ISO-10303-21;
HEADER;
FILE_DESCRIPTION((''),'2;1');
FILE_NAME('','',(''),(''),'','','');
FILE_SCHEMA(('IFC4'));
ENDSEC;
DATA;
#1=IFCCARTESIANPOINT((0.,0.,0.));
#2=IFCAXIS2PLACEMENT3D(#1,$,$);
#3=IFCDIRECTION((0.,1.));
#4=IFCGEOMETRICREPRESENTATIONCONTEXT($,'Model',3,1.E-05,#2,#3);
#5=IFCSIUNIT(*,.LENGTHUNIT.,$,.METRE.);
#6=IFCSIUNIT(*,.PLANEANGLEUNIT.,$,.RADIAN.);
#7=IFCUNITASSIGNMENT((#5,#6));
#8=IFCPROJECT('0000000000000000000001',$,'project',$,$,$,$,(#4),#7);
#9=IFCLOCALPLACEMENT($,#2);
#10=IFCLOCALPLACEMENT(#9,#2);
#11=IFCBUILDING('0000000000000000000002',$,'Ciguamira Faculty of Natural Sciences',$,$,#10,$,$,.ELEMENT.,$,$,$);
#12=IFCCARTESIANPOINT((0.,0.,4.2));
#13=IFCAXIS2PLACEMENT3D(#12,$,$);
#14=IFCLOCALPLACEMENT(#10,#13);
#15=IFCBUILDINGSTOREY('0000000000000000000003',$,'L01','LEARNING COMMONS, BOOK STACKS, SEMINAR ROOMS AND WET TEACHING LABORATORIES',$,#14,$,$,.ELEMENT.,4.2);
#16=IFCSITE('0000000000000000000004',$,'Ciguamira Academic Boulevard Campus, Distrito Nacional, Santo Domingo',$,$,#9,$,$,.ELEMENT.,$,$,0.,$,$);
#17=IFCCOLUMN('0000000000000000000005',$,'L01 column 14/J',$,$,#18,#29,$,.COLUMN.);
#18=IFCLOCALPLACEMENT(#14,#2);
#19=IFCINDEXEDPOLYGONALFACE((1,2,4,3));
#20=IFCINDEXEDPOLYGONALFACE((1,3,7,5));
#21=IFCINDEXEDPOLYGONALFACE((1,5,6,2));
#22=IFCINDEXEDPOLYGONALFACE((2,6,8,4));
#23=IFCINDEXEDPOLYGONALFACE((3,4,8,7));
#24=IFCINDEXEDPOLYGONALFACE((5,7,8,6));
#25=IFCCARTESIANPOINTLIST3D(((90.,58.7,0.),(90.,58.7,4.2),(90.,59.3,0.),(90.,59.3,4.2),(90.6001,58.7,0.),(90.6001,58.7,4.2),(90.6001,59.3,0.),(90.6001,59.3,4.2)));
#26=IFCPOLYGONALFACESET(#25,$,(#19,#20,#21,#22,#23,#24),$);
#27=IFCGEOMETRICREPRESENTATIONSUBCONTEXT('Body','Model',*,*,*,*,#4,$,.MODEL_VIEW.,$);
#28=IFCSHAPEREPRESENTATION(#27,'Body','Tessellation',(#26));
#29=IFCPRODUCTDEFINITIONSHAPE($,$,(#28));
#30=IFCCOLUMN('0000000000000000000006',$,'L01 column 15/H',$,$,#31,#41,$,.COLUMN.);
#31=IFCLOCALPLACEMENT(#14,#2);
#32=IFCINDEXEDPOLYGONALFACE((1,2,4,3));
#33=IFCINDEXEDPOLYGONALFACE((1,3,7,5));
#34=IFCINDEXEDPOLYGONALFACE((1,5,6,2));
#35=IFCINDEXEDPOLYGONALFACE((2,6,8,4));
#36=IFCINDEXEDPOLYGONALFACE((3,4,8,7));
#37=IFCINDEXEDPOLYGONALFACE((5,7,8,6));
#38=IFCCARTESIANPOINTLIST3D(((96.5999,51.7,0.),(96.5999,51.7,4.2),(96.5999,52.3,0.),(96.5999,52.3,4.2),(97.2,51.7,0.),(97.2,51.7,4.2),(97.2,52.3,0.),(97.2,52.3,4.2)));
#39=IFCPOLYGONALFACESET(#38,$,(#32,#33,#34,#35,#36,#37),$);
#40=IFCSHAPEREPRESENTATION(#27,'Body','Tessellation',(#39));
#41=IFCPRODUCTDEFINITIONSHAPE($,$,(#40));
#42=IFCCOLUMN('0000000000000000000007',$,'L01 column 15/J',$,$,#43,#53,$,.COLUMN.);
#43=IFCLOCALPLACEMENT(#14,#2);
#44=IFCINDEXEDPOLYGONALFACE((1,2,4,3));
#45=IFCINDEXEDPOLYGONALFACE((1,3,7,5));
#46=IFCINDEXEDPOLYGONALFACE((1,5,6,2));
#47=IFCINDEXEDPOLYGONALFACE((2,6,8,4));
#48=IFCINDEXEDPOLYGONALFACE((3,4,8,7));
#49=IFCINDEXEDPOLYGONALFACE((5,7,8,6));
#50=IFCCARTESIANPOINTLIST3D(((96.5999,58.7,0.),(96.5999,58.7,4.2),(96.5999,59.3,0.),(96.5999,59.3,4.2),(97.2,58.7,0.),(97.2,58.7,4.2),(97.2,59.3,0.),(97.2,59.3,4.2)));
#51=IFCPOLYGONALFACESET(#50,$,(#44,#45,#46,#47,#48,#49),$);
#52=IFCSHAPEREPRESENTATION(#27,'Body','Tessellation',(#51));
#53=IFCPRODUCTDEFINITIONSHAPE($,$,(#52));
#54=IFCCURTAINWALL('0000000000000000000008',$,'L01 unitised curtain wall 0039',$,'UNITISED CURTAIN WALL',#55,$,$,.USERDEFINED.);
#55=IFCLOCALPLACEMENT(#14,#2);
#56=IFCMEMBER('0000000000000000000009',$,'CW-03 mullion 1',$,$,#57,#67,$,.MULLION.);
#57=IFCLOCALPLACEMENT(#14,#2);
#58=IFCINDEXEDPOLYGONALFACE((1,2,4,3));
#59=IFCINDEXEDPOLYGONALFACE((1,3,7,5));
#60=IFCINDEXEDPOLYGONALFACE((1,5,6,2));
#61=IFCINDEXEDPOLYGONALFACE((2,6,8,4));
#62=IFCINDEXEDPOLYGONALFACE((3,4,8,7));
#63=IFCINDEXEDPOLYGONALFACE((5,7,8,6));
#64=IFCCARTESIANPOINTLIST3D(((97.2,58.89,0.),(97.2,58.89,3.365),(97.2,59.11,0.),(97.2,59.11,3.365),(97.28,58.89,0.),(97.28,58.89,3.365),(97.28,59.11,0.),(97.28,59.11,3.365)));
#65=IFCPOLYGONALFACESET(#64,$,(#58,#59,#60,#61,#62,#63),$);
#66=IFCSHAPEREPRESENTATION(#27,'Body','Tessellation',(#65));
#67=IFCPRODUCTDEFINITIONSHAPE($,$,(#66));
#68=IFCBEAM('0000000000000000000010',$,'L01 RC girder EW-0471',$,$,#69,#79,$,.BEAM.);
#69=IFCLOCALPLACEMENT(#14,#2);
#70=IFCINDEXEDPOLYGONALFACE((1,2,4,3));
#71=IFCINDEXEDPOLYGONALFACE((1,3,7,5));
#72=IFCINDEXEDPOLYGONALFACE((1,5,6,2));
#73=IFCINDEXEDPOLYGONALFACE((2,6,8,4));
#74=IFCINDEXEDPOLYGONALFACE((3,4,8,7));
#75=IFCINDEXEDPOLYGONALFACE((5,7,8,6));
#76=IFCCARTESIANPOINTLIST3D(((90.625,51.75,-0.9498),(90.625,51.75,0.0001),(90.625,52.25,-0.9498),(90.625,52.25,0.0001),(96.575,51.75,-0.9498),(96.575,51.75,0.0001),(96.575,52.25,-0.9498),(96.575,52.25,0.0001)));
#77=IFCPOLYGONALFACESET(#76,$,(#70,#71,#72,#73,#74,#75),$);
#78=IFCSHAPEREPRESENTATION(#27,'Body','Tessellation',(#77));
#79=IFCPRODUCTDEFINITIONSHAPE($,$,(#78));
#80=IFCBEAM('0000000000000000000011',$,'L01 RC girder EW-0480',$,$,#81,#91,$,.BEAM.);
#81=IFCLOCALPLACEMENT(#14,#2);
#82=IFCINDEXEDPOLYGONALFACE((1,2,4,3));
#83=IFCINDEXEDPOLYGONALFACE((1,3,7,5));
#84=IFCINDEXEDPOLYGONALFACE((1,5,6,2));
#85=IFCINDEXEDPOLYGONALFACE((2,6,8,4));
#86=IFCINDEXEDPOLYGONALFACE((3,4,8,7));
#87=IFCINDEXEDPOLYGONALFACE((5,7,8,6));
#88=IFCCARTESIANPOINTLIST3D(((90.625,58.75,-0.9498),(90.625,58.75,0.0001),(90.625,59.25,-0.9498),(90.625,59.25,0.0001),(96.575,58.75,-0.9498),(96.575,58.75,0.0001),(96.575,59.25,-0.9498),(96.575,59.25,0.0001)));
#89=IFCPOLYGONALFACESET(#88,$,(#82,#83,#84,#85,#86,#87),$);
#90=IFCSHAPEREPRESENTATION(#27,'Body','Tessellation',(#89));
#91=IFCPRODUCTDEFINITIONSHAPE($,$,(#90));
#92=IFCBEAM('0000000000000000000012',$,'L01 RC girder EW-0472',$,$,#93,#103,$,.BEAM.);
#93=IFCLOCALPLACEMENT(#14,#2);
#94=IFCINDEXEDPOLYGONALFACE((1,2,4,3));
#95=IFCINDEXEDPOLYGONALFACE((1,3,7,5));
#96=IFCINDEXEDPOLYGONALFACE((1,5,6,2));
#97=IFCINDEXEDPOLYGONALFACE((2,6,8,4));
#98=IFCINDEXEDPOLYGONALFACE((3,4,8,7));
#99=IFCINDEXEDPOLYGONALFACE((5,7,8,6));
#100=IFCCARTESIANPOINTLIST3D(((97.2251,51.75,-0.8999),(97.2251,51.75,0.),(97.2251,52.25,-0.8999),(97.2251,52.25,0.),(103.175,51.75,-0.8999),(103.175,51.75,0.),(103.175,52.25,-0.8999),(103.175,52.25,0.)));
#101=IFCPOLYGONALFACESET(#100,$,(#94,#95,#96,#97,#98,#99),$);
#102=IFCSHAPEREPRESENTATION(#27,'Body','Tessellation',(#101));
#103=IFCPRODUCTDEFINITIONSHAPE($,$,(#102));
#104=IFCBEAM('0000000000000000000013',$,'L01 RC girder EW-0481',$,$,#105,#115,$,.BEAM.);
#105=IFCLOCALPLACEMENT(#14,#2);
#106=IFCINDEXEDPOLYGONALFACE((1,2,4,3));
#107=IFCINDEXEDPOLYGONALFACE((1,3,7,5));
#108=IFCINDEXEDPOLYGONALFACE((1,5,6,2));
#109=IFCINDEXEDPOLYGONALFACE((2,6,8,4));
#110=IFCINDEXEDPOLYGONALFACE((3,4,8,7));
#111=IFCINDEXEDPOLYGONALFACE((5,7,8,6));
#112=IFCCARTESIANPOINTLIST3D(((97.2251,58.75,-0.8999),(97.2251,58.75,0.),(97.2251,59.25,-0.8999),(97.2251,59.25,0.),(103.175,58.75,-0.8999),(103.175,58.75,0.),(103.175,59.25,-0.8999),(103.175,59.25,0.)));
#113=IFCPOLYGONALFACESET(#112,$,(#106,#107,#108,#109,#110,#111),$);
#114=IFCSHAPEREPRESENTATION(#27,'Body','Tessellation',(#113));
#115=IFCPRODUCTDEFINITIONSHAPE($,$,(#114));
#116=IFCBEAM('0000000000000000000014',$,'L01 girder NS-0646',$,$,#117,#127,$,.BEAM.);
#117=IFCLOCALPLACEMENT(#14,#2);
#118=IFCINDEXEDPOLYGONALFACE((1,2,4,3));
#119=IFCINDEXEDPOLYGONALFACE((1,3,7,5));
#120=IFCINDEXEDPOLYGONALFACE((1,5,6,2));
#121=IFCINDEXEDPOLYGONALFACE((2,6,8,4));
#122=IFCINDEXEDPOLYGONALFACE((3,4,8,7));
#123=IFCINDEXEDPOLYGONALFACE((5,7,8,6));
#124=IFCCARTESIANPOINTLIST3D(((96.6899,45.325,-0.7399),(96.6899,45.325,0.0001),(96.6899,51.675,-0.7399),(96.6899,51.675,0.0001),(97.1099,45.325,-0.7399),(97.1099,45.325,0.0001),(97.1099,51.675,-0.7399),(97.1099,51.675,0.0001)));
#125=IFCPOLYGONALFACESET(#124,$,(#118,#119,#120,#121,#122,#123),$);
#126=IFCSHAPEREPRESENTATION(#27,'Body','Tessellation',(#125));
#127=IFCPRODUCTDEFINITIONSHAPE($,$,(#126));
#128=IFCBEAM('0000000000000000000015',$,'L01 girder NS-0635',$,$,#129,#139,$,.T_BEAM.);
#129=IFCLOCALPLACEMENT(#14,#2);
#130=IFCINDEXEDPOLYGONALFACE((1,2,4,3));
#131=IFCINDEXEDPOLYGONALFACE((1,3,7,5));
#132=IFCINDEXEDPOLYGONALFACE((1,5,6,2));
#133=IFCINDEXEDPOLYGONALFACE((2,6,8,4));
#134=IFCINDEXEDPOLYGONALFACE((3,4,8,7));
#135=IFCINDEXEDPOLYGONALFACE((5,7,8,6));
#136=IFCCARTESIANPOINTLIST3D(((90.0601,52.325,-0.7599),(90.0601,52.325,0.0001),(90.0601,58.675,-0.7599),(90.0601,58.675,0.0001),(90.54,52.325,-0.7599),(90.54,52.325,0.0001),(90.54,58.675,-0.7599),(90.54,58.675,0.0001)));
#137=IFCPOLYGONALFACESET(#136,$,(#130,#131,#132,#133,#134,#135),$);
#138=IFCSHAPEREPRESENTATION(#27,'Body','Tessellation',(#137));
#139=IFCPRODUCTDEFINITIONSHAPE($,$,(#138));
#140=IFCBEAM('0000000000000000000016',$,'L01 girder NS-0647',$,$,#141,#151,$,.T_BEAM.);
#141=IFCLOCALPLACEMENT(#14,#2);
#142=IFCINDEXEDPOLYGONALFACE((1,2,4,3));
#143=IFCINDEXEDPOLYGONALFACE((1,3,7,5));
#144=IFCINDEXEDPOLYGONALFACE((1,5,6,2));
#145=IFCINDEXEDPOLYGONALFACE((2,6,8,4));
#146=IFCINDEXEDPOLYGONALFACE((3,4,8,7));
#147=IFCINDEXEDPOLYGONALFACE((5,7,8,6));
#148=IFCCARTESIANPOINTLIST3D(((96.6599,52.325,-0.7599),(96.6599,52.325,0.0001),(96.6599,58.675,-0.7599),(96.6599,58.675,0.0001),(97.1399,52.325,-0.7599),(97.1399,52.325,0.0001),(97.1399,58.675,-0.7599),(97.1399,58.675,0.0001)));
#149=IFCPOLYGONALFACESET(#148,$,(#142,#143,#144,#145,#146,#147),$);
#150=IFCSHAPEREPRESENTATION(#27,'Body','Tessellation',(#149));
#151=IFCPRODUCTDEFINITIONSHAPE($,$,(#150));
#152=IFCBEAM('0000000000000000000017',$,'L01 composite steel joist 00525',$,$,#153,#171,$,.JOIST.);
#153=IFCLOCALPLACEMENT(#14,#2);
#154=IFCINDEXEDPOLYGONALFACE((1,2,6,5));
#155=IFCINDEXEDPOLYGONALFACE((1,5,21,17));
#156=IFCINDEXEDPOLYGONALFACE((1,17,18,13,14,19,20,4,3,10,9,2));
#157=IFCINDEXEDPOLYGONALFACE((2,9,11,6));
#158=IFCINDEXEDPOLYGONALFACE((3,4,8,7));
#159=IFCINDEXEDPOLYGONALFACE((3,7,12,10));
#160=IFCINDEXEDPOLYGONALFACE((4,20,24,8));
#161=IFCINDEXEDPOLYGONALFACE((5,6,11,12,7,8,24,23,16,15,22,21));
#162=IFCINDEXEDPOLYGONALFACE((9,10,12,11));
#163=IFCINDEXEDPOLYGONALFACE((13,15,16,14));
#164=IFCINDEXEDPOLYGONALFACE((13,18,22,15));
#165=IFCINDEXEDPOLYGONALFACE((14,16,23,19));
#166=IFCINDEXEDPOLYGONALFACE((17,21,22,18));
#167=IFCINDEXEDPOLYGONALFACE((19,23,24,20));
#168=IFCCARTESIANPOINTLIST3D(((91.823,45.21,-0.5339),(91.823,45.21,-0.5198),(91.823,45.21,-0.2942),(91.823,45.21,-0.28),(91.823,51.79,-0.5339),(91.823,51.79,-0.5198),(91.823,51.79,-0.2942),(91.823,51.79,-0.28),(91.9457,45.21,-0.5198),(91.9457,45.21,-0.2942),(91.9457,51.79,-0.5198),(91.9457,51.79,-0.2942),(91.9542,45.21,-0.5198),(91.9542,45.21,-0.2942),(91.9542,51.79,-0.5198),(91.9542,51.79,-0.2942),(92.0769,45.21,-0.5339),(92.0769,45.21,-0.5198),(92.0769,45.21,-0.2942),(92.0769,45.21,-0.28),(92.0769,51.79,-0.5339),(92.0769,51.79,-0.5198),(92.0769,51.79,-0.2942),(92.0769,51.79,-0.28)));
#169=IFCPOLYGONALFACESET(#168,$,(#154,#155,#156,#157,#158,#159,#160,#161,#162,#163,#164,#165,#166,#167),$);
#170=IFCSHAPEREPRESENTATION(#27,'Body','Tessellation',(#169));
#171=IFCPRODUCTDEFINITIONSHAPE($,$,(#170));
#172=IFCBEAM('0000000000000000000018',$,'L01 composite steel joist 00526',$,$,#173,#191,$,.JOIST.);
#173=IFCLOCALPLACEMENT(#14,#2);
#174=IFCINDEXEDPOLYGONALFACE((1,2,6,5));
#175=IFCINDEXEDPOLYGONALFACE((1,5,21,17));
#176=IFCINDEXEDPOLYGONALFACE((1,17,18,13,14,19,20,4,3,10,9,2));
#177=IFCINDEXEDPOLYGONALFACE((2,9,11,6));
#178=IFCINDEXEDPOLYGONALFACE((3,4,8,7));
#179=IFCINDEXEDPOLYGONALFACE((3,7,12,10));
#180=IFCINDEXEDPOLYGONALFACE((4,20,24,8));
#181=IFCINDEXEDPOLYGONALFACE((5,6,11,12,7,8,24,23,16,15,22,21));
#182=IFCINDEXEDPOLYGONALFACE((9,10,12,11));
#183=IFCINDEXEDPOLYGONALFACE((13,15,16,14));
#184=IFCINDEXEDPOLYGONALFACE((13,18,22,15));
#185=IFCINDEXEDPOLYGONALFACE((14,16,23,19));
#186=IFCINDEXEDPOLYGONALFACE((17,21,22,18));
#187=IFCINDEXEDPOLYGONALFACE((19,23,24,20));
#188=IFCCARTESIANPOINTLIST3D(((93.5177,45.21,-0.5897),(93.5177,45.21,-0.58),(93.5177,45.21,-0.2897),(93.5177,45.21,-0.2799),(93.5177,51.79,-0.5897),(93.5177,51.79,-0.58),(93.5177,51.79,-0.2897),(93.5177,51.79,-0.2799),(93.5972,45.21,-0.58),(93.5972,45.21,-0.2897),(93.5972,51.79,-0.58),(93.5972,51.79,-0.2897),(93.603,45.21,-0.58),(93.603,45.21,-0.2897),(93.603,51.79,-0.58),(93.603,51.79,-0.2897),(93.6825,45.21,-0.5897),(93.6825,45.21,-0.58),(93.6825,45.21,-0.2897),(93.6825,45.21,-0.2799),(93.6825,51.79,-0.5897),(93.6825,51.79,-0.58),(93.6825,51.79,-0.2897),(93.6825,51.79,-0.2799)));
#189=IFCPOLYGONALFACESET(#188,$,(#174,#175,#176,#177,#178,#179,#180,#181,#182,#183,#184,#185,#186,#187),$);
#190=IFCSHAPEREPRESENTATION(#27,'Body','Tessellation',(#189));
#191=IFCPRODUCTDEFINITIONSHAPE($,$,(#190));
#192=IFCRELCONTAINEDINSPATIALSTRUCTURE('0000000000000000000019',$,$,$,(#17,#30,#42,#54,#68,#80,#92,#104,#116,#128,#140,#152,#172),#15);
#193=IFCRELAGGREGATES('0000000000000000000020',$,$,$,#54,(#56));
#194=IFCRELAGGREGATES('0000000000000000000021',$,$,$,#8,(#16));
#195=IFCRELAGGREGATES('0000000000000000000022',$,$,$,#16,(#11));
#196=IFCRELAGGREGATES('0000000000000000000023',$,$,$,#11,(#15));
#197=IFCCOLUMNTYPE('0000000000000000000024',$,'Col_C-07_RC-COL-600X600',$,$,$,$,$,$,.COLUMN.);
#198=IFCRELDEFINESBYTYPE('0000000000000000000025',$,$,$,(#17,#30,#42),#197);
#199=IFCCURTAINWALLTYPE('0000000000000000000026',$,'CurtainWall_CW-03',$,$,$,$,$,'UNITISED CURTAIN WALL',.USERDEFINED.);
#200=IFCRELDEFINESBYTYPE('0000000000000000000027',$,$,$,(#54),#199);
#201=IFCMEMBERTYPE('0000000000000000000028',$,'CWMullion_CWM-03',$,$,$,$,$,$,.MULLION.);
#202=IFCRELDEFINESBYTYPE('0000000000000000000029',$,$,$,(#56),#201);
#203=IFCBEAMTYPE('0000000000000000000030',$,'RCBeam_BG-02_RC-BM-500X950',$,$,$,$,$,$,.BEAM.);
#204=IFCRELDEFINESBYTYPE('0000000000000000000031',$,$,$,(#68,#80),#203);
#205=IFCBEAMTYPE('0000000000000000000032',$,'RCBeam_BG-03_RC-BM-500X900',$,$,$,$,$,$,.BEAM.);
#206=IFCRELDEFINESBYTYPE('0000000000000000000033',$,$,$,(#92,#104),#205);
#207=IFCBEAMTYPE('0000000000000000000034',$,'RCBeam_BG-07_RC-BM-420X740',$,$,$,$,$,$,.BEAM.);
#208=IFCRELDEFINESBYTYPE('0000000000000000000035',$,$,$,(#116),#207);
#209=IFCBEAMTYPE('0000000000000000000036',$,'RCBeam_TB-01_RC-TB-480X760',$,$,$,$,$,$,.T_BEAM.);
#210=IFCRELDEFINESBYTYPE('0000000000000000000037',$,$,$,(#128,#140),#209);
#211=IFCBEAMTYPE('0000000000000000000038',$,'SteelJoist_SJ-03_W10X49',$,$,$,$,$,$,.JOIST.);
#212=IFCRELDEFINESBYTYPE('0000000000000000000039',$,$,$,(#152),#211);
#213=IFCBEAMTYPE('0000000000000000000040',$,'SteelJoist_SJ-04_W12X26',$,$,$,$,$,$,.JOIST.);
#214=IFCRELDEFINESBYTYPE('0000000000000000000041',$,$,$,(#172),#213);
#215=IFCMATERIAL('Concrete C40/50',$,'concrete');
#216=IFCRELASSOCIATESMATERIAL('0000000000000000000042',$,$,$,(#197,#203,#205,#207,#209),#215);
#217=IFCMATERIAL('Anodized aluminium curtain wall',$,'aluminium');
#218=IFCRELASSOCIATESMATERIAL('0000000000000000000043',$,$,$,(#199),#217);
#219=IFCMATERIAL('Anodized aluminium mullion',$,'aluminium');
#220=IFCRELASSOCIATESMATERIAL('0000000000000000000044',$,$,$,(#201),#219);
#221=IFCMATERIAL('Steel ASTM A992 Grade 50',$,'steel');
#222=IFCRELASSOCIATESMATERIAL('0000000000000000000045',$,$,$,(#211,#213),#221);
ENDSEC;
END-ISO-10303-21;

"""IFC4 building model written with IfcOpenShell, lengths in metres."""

from ifc_helpers import new_model, si_unit, direction, frame, origin, origin_2d, place, context, subcontext, project, spatial, rectangle, i_section, extrude, material, material_profile, profile_set, type_object, element, aggregate, save


model = new_model("IFC4")

# Units and contexts
model_context = context("Model", 3, precision=1e-05, world=origin(), true_north=direction((0.0, 1.0)))
body_context = subcontext(model_context, "Body", "Model", "MODEL_VIEW")
ifc_project = project(units=[si_unit("LENGTHUNIT", "METRE"), si_unit("PLANEANGLEUNIT", "RADIAN")], contexts=[model_context])

# Site, building, storey
site_placement = place(None, origin())
site = spatial("IfcSite", under=ifc_project, at=site_placement, Name="Ciguamira Academic Boulevard Campus, Distrito Nacional, Santo Domingo", CompositionType="ELEMENT", RefElevation=0.0)
building_placement = place(site_placement, origin())
building = spatial("IfcBuilding", under=site, at=building_placement, Name="Ciguamira Faculty of Natural Sciences", CompositionType="ELEMENT")
storey_placement = place(building_placement, frame((0.0, 0.0, 4.2)))
storey = spatial("IfcBuildingStorey", under=building, at=storey_placement, Name="L01", Description="LEARNING COMMONS, BOOK STACKS, SEMINAR ROOMS AND WET TEACHING LABORATORIES", CompositionType="ELEMENT", Elevation=4.2)

# Columns
ifc_material_1 = material(Name="Concrete C40/50", Category="concrete")
ifc_material_profile_1 = material_profile(ifc_material_1, rectangle(XDim=0.6001, YDim=0.6001, at=origin_2d()), Name="RC-COL-600X600")
ifc_profile_set_1 = profile_set([ifc_material_profile_1], Name="Concrete C40/50")
column_type = type_object("IfcColumnType", Name="Col_C-07_RC-COL-600X600", PredefinedType="COLUMN", material=ifc_profile_set_1)
for number, where, z_axis, x_axis, name in (
    (1, (90.3, 59.0, 0.0), (0.0, 0.0, 1.0), (1.0, 0.0, 0.0), "L01 column 14/J"),
    (2, (96.8999, 52.0, 0.0), (0.0, 0.0, 1.0), (1.0, 0.0, 0.0), "L01 column 15/H"),
    (3, (96.8999, 59.0, 0.0), (0.0, 0.0, 1.0), (1.0, 0.0, 0.0), "L01 column 15/J"),
):
    element("IfcColumn", number, at=place(storey_placement, frame(where, z_axis=z_axis, x_axis=x_axis)), inside=storey, type_object=column_type, Name=name, PredefinedType="COLUMN", context=body_context, shape_type="SweptSolid", body=[
        extrude(rectangle(XDim=0.6001, YDim=0.6001, at=origin_2d()), origin(), (0.0, 0.0, 1.0), 4.2),
    ])

# Curtain wall, member
ifc_material_2 = material(Name="Anodized aluminium curtain wall", Category="aluminium")
curtain_wall_type = type_object("IfcCurtainWallType", Name="CurtainWall_CW-03", ElementType="UNITISED CURTAIN WALL", PredefinedType="USERDEFINED", material=ifc_material_2)
curtain_wall_placement = place(storey_placement, origin())
curtain_wall = element("IfcCurtainWall", 4, at=curtain_wall_placement, inside=storey, type_object=curtain_wall_type, Name="L01 unitised curtain wall 0039", ObjectType="UNITISED CURTAIN WALL", PredefinedType="USERDEFINED")
ifc_material_3 = material(Name="Anodized aluminium mullion", Category="aluminium")
ifc_material_profile_2 = material_profile(ifc_material_3, rectangle(XDim=0.0801, YDim=0.22, at=origin_2d()), Name="ALU-MUL-80X220")
ifc_profile_set_2 = profile_set([ifc_material_profile_2], Name="Anodized aluminium mullion")
member_type = type_object("IfcMemberType", Name="CWMullion_CWM-03", PredefinedType="MULLION", material=ifc_profile_set_2)
member_placement = place(storey_placement, frame((97.24, 59.0, 0.0), z_axis=(0.0, 0.0, 1.0), x_axis=(1.0, 0.0, 0.0)))
member = element("IfcMember", 5, at=member_placement, type_object=member_type, Name="CW-03 mullion 1", PredefinedType="MULLION", context=body_context, shape_type="SweptSolid", body=[
    extrude(rectangle(XDim=0.0801, YDim=0.22, at=origin_2d()), origin(), (0.0, 0.0, 1.0), 3.365),
])
aggregate(curtain_wall, [member])

# Beams
ifc_material_profile_3 = material_profile(ifc_material_1, rectangle(XDim=0.5, YDim=0.95, at=origin_2d()), Name="RC-BM-500X950")
ifc_profile_set_3 = profile_set([ifc_material_profile_3], Name="Concrete C40/50")
beam_type_1 = type_object("IfcBeamType", Name="RCBeam_BG-02_RC-BM-500X950", PredefinedType="BEAM", material=ifc_profile_set_3)
for number, where, z_axis, x_axis, name in (
    (6, (90.625, 52.0, -0.4749), (1.0, 0.0, 0.0), (0.0, 1.0, 0.0), "L01 RC girder EW-0471"),
    (7, (90.625, 59.0, -0.4749), (1.0, 0.0, 0.0), (0.0, 1.0, 0.0), "L01 RC girder EW-0480"),
):
    element("IfcBeam", number, at=place(storey_placement, frame(where, z_axis=z_axis, x_axis=x_axis)), inside=storey, type_object=beam_type_1, Name=name, PredefinedType="BEAM", context=body_context, shape_type="SweptSolid", body=[
        extrude(rectangle(XDim=0.5, YDim=0.95, at=origin_2d()), origin(), (0.0, 0.0, 1.0), 5.95),
    ])
ifc_material_profile_4 = material_profile(ifc_material_1, rectangle(XDim=0.5, YDim=0.8999, at=origin_2d()), Name="RC-BM-500X900")
ifc_profile_set_4 = profile_set([ifc_material_profile_4], Name="Concrete C40/50")
beam_type_2 = type_object("IfcBeamType", Name="RCBeam_BG-03_RC-BM-500X900", PredefinedType="BEAM", material=ifc_profile_set_4)
for number, where, z_axis, x_axis, name in (
    (8, (97.2251, 52.0, -0.45), (1.0, 0.0, 0.0), (0.0, 1.0, 0.0), "L01 RC girder EW-0472"),
    (9, (97.2251, 59.0, -0.45), (1.0, 0.0, 0.0), (0.0, 1.0, 0.0), "L01 RC girder EW-0481"),
):
    element("IfcBeam", number, at=place(storey_placement, frame(where, z_axis=z_axis, x_axis=x_axis)), inside=storey, type_object=beam_type_2, Name=name, PredefinedType="BEAM", context=body_context, shape_type="SweptSolid", body=[
        extrude(rectangle(XDim=0.5, YDim=0.8999, at=origin_2d()), origin(), (0.0, 0.0, 1.0), 5.95),
    ])
ifc_material_profile_5 = material_profile(ifc_material_1, rectangle(XDim=0.4199, YDim=0.74, at=origin_2d()), Name="RC-BM-420X740")
ifc_profile_set_5 = profile_set([ifc_material_profile_5], Name="Concrete C40/50")
beam_type_3 = type_object("IfcBeamType", Name="RCBeam_BG-07_RC-BM-420X740", PredefinedType="BEAM", material=ifc_profile_set_5)
beam_1_placement = place(storey_placement, frame((96.8999, 45.325, -0.3699), z_axis=(0.0, 1.0, 0.0), x_axis=(-1.0, 0.0, 0.0)))
element("IfcBeam", 10, at=beam_1_placement, inside=storey, type_object=beam_type_3, Name="L01 girder NS-0646", PredefinedType="BEAM", context=body_context, shape_type="SweptSolid", body=[
    extrude(rectangle(XDim=0.4199, YDim=0.74, at=origin_2d()), origin(), (0.0, 0.0, 1.0), 6.3501),
])
ifc_material_profile_6 = material_profile(ifc_material_1, rectangle(XDim=0.48, YDim=0.76, at=origin_2d()), Name="RC-TB-480X760")
ifc_profile_set_6 = profile_set([ifc_material_profile_6], Name="Concrete C40/50")
beam_type_4 = type_object("IfcBeamType", Name="RCBeam_TB-01_RC-TB-480X760", PredefinedType="T_BEAM", material=ifc_profile_set_6)
for number, where, z_axis, x_axis, name in (
    (11, (90.3, 52.325, -0.3799), (0.0, 1.0, 0.0), (-1.0, 0.0, 0.0), "L01 girder NS-0635"),
    (12, (96.8999, 52.325, -0.3799), (0.0, 1.0, 0.0), (-1.0, 0.0, 0.0), "L01 girder NS-0647"),
):
    element("IfcBeam", number, at=place(storey_placement, frame(where, z_axis=z_axis, x_axis=x_axis)), inside=storey, type_object=beam_type_4, Name=name, PredefinedType="T_BEAM", context=body_context, shape_type="SweptSolid", body=[
        extrude(rectangle(XDim=0.48, YDim=0.76, at=origin_2d()), origin(), (0.0, 0.0, 1.0), 6.3501),
    ])
ifc_material_4 = material(Name="Steel ASTM A992 Grade 50", Category="steel")
ifc_material_profile_7 = material_profile(ifc_material_4, i_section(OverallWidth=0.2539, OverallDepth=0.2539, WebThickness=0.0085, FlangeThickness=0.0142, at=origin_2d()), Name="W10X49")
ifc_profile_set_7 = profile_set([ifc_material_profile_7], Name="Steel ASTM A992 Grade 50")
beam_type_5 = type_object("IfcBeamType", Name="SteelJoist_SJ-03_W10X49", PredefinedType="JOIST", material=ifc_profile_set_7)
beam_2_placement = place(storey_placement, frame((91.95, 45.21, -0.407), z_axis=(0.0, 1.0, 0.0), x_axis=(-1.0, 0.0, 0.0)))
element("IfcBeam", 13, at=beam_2_placement, inside=storey, type_object=beam_type_5, Name="L01 composite steel joist 00525", PredefinedType="JOIST", context=body_context, shape_type="SweptSolid", body=[
    extrude(i_section(OverallWidth=0.2539, OverallDepth=0.2539, WebThickness=0.0085, FlangeThickness=0.0142, at=origin_2d()), origin(), (0.0, 0.0, 1.0), 6.5801),
])
ifc_material_profile_8 = material_profile(ifc_material_4, i_section(OverallWidth=0.1648, OverallDepth=0.3098, WebThickness=0.0059, FlangeThickness=0.0098, at=origin_2d()), Name="W12X26")
ifc_profile_set_8 = profile_set([ifc_material_profile_8], Name="Steel ASTM A992 Grade 50")
beam_type_6 = type_object("IfcBeamType", Name="SteelJoist_SJ-04_W12X26", PredefinedType="JOIST", material=ifc_profile_set_8)
beam_3_placement = place(storey_placement, frame((93.6001, 45.21, -0.4348), z_axis=(0.0, 1.0, 0.0), x_axis=(-1.0, 0.0, 0.0)))
element("IfcBeam", 14, at=beam_3_placement, inside=storey, type_object=beam_type_6, Name="L01 composite steel joist 00526", PredefinedType="JOIST", context=body_context, shape_type="SweptSolid", body=[
    extrude(i_section(OverallWidth=0.1648, OverallDepth=0.3098, WebThickness=0.0059, FlangeThickness=0.0098, at=origin_2d()), origin(), (0.0, 0.0, 1.0), 6.5801),
])

save(model, "model.ifc")
